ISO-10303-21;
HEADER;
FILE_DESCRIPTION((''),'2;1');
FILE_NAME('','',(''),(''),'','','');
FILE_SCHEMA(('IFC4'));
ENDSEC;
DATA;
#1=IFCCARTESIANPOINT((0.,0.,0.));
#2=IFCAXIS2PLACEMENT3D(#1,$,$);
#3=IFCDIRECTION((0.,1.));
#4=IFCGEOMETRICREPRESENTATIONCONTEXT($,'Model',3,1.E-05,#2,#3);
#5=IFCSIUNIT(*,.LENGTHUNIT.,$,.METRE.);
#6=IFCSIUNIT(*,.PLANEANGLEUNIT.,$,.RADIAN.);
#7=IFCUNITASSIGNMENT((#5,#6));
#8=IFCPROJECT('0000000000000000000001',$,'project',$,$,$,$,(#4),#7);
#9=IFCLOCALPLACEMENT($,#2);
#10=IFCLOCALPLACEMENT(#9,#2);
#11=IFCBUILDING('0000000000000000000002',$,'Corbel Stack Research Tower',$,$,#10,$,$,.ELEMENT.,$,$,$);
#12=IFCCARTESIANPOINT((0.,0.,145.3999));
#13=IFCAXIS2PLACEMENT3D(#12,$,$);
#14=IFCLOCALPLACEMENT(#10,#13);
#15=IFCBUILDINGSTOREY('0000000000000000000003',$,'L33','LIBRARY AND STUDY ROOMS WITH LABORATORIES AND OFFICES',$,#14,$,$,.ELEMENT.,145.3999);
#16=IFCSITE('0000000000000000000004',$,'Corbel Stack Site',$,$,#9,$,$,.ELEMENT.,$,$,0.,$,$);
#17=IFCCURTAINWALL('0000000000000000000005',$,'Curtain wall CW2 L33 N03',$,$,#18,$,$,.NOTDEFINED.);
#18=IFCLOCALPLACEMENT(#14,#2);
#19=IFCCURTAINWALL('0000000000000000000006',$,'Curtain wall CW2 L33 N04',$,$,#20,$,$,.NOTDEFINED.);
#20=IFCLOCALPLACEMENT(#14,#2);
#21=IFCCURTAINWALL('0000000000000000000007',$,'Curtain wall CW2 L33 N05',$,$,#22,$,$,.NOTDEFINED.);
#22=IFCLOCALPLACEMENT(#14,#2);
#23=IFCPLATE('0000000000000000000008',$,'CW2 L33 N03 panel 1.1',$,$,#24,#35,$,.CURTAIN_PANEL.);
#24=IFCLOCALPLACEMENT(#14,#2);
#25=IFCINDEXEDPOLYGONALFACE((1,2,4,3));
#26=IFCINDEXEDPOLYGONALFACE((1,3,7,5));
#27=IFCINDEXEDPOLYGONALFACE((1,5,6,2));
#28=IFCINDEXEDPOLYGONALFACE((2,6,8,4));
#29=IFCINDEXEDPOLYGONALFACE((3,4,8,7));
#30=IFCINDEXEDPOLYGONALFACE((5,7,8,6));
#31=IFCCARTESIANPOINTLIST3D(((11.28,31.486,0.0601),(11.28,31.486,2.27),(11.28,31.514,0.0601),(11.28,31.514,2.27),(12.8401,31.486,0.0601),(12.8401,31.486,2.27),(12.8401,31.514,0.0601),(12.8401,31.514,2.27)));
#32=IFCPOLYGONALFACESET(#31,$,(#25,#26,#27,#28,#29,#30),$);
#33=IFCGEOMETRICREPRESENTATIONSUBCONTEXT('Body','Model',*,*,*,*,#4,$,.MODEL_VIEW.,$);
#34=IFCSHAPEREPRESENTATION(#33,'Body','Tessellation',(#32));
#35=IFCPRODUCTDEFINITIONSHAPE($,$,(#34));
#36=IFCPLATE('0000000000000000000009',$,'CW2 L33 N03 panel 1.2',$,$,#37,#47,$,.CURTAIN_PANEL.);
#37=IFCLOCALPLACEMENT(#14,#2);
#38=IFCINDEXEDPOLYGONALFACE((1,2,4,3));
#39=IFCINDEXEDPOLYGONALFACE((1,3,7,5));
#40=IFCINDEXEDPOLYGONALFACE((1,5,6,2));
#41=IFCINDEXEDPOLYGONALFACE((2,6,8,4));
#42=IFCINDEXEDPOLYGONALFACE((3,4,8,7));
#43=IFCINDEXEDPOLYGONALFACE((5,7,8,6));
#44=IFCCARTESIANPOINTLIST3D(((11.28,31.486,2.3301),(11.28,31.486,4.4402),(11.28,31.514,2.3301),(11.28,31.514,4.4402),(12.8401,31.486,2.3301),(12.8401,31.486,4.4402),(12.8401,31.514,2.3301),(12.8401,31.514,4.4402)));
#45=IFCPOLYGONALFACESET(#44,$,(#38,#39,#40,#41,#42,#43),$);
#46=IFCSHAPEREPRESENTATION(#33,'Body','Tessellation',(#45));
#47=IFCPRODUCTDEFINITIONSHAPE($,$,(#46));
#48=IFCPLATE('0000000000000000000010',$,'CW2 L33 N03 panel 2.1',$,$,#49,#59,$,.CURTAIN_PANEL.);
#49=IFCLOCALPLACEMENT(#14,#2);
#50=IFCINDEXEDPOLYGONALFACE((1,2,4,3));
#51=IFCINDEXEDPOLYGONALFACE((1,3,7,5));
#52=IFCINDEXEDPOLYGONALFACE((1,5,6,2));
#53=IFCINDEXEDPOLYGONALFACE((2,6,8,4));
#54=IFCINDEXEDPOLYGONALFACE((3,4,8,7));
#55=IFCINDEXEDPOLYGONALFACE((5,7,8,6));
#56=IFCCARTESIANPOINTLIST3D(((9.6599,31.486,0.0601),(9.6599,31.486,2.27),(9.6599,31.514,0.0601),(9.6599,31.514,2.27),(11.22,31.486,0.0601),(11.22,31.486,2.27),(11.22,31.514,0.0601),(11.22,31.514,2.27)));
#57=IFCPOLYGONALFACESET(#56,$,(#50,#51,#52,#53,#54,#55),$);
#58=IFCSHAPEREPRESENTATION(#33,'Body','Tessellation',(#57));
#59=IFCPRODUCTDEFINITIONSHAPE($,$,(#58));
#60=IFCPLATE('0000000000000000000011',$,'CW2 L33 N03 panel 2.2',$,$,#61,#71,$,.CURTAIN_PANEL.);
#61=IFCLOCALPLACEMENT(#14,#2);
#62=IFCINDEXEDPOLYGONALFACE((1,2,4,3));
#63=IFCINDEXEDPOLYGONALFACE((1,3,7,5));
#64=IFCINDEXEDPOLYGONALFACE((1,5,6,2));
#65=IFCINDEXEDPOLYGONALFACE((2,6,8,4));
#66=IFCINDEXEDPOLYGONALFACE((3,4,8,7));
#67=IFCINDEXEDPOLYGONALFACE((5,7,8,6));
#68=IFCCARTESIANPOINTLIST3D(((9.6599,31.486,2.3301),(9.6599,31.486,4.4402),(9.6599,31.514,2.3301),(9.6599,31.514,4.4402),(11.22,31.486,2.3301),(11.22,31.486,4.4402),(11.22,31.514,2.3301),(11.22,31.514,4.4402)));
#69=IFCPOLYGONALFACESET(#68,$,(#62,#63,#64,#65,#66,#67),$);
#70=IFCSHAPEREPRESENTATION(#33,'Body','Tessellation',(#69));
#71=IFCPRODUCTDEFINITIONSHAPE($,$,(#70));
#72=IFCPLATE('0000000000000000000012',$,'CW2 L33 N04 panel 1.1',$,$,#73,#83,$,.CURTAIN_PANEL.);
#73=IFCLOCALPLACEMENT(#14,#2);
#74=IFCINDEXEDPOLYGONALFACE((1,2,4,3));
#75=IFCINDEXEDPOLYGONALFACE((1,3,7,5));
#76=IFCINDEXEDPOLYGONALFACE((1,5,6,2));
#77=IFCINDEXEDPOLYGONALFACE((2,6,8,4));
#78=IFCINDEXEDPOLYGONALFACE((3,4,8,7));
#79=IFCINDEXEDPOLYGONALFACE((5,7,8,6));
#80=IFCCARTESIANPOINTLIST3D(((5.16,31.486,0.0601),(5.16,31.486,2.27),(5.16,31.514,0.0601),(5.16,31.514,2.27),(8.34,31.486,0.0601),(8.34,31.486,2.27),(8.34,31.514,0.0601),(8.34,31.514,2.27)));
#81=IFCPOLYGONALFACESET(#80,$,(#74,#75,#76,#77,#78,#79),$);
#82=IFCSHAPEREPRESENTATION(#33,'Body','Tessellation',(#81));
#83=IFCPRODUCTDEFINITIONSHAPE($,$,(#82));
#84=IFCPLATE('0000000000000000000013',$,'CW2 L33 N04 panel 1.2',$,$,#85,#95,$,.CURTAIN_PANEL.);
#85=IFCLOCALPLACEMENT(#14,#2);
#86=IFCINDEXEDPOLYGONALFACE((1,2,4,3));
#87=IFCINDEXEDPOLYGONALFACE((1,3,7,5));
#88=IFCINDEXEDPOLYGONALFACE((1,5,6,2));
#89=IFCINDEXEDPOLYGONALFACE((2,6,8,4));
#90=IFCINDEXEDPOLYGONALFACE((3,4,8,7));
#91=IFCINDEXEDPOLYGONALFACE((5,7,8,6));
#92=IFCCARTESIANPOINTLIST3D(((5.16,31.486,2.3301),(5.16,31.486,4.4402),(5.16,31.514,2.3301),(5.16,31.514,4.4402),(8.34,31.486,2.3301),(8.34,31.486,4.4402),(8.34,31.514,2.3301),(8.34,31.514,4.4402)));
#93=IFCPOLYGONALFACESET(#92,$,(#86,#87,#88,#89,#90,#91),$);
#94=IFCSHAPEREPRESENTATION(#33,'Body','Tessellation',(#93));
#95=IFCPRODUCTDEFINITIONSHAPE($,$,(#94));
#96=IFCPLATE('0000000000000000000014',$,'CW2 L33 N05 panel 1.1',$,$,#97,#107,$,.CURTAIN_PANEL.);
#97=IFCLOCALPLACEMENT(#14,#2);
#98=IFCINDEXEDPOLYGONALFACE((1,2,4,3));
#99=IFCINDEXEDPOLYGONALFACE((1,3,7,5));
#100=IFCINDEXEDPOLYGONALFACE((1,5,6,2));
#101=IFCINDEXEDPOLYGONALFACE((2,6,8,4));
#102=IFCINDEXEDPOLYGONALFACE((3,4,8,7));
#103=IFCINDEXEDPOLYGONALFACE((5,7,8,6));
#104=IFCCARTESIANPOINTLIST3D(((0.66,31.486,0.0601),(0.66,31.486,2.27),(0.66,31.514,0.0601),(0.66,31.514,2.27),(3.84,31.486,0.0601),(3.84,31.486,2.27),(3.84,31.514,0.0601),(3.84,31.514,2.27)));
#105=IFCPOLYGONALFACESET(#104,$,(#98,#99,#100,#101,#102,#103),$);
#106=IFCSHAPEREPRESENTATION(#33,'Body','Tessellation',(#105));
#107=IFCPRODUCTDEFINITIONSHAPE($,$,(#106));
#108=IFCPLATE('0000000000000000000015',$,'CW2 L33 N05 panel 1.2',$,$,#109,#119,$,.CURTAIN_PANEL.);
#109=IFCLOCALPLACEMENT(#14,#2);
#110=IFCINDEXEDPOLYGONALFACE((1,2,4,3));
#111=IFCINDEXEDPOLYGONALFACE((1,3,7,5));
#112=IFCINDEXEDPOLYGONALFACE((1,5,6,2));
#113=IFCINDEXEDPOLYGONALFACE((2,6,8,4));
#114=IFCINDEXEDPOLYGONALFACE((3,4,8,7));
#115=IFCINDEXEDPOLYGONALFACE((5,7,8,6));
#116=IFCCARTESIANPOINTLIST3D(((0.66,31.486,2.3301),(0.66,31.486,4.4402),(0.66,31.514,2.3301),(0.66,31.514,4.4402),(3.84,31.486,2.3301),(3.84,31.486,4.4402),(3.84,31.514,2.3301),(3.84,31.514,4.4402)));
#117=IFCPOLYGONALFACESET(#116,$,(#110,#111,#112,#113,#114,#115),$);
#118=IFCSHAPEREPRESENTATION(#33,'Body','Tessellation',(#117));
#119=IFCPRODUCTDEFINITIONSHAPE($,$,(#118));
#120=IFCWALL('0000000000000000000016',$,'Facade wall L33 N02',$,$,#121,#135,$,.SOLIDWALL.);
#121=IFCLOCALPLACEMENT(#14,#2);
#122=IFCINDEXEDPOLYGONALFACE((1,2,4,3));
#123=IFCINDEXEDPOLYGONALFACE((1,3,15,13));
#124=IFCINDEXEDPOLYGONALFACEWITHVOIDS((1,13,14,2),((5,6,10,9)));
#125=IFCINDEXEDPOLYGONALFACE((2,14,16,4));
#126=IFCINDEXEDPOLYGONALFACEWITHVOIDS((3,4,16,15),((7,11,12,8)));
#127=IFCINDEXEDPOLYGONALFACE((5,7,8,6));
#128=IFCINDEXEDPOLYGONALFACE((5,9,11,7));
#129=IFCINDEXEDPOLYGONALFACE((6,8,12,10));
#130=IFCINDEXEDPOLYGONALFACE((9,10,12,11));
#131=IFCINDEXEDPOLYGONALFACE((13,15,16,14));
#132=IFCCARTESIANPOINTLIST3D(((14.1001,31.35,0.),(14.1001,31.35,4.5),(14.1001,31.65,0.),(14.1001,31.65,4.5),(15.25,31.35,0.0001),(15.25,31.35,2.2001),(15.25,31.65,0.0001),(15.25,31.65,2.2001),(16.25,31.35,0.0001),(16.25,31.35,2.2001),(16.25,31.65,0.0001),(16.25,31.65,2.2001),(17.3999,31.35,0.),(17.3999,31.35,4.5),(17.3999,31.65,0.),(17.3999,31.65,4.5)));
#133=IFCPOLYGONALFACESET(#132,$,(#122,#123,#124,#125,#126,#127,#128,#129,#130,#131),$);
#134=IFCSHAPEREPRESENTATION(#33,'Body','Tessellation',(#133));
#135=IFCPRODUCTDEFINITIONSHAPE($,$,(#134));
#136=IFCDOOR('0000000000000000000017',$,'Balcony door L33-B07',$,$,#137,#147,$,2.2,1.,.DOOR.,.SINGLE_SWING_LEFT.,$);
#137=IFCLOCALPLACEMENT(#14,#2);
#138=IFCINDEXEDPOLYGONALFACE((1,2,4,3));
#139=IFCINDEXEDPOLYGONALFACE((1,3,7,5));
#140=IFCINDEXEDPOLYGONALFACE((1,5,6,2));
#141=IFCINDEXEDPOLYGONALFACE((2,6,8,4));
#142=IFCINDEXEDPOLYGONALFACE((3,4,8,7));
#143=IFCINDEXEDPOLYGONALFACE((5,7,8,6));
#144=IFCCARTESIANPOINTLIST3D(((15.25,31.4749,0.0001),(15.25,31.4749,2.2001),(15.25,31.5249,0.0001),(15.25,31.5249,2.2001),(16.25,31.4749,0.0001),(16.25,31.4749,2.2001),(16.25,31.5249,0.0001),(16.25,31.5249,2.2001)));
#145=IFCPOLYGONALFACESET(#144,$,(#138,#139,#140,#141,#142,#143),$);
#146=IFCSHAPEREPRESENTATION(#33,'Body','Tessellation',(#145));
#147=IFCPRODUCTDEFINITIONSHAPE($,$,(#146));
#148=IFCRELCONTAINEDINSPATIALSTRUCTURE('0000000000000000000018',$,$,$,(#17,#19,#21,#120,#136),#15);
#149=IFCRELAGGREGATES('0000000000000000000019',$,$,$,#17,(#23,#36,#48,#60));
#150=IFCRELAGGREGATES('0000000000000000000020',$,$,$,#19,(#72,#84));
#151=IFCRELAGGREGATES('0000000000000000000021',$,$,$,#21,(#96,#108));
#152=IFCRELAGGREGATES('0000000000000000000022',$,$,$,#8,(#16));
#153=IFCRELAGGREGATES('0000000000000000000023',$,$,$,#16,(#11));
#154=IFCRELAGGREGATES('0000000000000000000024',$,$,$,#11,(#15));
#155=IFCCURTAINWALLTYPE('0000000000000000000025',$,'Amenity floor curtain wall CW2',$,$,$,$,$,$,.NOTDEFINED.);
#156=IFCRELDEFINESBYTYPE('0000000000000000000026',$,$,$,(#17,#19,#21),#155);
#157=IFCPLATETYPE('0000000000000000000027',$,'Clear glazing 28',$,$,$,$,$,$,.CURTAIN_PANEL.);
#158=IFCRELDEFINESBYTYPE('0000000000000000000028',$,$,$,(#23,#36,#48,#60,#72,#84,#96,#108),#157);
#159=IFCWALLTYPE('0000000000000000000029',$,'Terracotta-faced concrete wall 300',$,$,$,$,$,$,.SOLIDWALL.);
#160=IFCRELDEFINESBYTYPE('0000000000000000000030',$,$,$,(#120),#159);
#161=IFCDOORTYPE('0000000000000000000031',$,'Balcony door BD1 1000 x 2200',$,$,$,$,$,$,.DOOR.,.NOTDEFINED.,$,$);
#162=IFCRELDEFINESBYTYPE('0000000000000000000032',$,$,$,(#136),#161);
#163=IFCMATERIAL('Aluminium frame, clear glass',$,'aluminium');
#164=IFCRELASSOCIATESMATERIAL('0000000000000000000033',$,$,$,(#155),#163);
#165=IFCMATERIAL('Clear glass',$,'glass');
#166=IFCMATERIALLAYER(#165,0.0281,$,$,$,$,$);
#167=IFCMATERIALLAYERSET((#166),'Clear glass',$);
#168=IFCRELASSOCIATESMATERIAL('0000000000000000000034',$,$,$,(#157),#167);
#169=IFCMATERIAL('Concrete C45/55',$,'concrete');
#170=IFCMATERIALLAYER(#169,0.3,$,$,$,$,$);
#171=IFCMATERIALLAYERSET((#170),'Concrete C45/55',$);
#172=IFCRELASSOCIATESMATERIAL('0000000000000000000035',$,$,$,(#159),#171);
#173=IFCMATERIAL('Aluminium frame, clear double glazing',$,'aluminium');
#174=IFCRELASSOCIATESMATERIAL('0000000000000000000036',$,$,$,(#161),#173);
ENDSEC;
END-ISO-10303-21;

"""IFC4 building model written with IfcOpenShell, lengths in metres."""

from ifc_helpers import new_model, si_unit, direction, frame, frame_2d, origin, origin_2d, place, context, subcontext, project, spatial, rectangle, extrude, material, layer, layer_set, type_object, element, fill, aggregate, save


model = new_model("IFC4")

# Units and contexts
model_context = context("Model", 3, precision=1e-05, world=origin(), true_north=direction((0.0, 1.0)))
body_context = subcontext(model_context, "Body", "Model", "MODEL_VIEW")
ifc_project = project(units=[si_unit("LENGTHUNIT", "METRE"), si_unit("PLANEANGLEUNIT", "RADIAN")], contexts=[model_context])

# Site, building, storey
site_placement = place(None, origin())
site = spatial("IfcSite", under=ifc_project, at=site_placement, Name="Corbel Stack Site", CompositionType="ELEMENT", RefElevation=0.0)
building_placement = place(site_placement, origin())
building = spatial("IfcBuilding", under=site, at=building_placement, Name="Corbel Stack Research Tower", CompositionType="ELEMENT")
storey_placement = place(building_placement, frame((0.0, 0.0, 145.3999)))
storey = spatial("IfcBuildingStorey", under=building, at=storey_placement, Name="L33", Description="LIBRARY AND STUDY ROOMS WITH LABORATORIES AND OFFICES", CompositionType="ELEMENT", Elevation=145.3999)

# Curtain walls
ifc_material_1 = material(Name="Aluminium frame, clear glass", Category="aluminium")
curtain_wall_type = type_object("IfcCurtainWallType", Name="Amenity floor curtain wall CW2", PredefinedType="NOTDEFINED", material=ifc_material_1)
curtain_wall_1_placement = place(storey_placement, origin())
curtain_wall_1 = element("IfcCurtainWall", 1, at=curtain_wall_1_placement, inside=storey, type_object=curtain_wall_type, Name="Curtain wall CW2 L33 N03", PredefinedType="NOTDEFINED")
curtain_wall_2_placement = place(storey_placement, origin())
curtain_wall_2 = element("IfcCurtainWall", 2, at=curtain_wall_2_placement, inside=storey, type_object=curtain_wall_type, Name="Curtain wall CW2 L33 N04", PredefinedType="NOTDEFINED")
curtain_wall_3_placement = place(storey_placement, origin())
curtain_wall_3 = element("IfcCurtainWall", 3, at=curtain_wall_3_placement, inside=storey, type_object=curtain_wall_type, Name="Curtain wall CW2 L33 N05", PredefinedType="NOTDEFINED")

# Plates
ifc_material_2 = material(Name="Clear glass", Category="glass")
ifc_layer_1 = layer(ifc_material_2, 0.0281)
ifc_layer_set_1 = layer_set([ifc_layer_1], Name="Clear glass")
plate_type = type_object("IfcPlateType", Name="Clear glazing 28", PredefinedType="CURTAIN_PANEL", material=ifc_layer_set_1)
plate_1_placement = place(storey_placement, frame((12.0601, 31.5, 0.0601), z_axis=(0.0, 0.0, 1.0), x_axis=(-1.0, 0.0, 0.0)))
plate_1 = element("IfcPlate", 4, at=plate_1_placement, type_object=plate_type, Name="CW2 L33 N03 panel 1.1", PredefinedType="CURTAIN_PANEL", context=body_context, shape_type="SweptSolid", body=[
    extrude(rectangle(XDim=1.5601, YDim=0.0281, at=origin_2d()), origin(), (0.0, 0.0, 1.0), 2.21),
])
plate_2_placement = place(storey_placement, frame((12.0601, 31.5, 2.3301), z_axis=(0.0, 0.0, 1.0), x_axis=(-1.0, 0.0, 0.0)))
plate_2 = element("IfcPlate", 5, at=plate_2_placement, type_object=plate_type, Name="CW2 L33 N03 panel 1.2", PredefinedType="CURTAIN_PANEL", context=body_context, shape_type="SweptSolid", body=[
    extrude(rectangle(XDim=1.5601, YDim=0.0281, at=origin_2d()), origin(), (0.0, 0.0, 1.0), 2.1101),
])
plate_3_placement = place(storey_placement, frame((10.4399, 31.5, 0.0601), z_axis=(0.0, 0.0, 1.0), x_axis=(-1.0, 0.0, 0.0)))
plate_3 = element("IfcPlate", 6, at=plate_3_placement, type_object=plate_type, Name="CW2 L33 N03 panel 2.1", PredefinedType="CURTAIN_PANEL", context=body_context, shape_type="SweptSolid", body=[
    extrude(rectangle(XDim=1.5601, YDim=0.0281, at=origin_2d()), origin(), (0.0, 0.0, 1.0), 2.21),
])
plate_4_placement = place(storey_placement, frame((10.4399, 31.5, 2.3301), z_axis=(0.0, 0.0, 1.0), x_axis=(-1.0, 0.0, 0.0)))
plate_4 = element("IfcPlate", 7, at=plate_4_placement, type_object=plate_type, Name="CW2 L33 N03 panel 2.2", PredefinedType="CURTAIN_PANEL", context=body_context, shape_type="SweptSolid", body=[
    extrude(rectangle(XDim=1.5601, YDim=0.0281, at=origin_2d()), origin(), (0.0, 0.0, 1.0), 2.1101),
])
aggregate(curtain_wall_1, [plate_1, plate_2, plate_3, plate_4])
plate_5_placement = place(storey_placement, frame((6.75, 31.5, 0.0601), z_axis=(0.0, 0.0, 1.0), x_axis=(-1.0, 0.0, 0.0)))
plate_5 = element("IfcPlate", 8, at=plate_5_placement, type_object=plate_type, Name="CW2 L33 N04 panel 1.1", PredefinedType="CURTAIN_PANEL", context=body_context, shape_type="SweptSolid", body=[
    extrude(rectangle(XDim=3.1799, YDim=0.0281, at=origin_2d()), origin(), (0.0, 0.0, 1.0), 2.21),
])
plate_6_placement = place(storey_placement, frame((6.75, 31.5, 2.3301), z_axis=(0.0, 0.0, 1.0), x_axis=(-1.0, 0.0, 0.0)))
plate_6 = element("IfcPlate", 9, at=plate_6_placement, type_object=plate_type, Name="CW2 L33 N04 panel 1.2", PredefinedType="CURTAIN_PANEL", context=body_context, shape_type="SweptSolid", body=[
    extrude(rectangle(XDim=3.1799, YDim=0.0281, at=origin_2d()), origin(), (0.0, 0.0, 1.0), 2.1101),
])
aggregate(curtain_wall_2, [plate_5, plate_6])
plate_7_placement = place(storey_placement, frame((2.25, 31.5, 0.0601), z_axis=(0.0, 0.0, 1.0), x_axis=(-1.0, 0.0, 0.0)))
plate_7 = element("IfcPlate", 10, at=plate_7_placement, type_object=plate_type, Name="CW2 L33 N05 panel 1.1", PredefinedType="CURTAIN_PANEL", context=body_context, shape_type="SweptSolid", body=[
    extrude(rectangle(XDim=3.1799, YDim=0.0281, at=origin_2d()), origin(), (0.0, 0.0, 1.0), 2.21),
])
plate_8_placement = place(storey_placement, frame((2.25, 31.5, 2.3301), z_axis=(0.0, 0.0, 1.0), x_axis=(-1.0, 0.0, 0.0)))
plate_8 = element("IfcPlate", 11, at=plate_8_placement, type_object=plate_type, Name="CW2 L33 N05 panel 1.2", PredefinedType="CURTAIN_PANEL", context=body_context, shape_type="SweptSolid", body=[
    extrude(rectangle(XDim=3.1799, YDim=0.0281, at=origin_2d()), origin(), (0.0, 0.0, 1.0), 2.1101),
])
aggregate(curtain_wall_3, [plate_7, plate_8])

# Wall, opening, door
ifc_material_3 = material(Name="Concrete C45/55", Category="concrete")
ifc_layer_2 = layer(ifc_material_3, 0.3)
ifc_layer_set_2 = layer_set([ifc_layer_2], Name="Concrete C45/55")
wall_type = type_object("IfcWallType", Name="Terracotta-faced concrete wall 300", PredefinedType="SOLIDWALL", material=ifc_layer_set_2)
wall_placement = place(storey_placement, frame((14.1001, 31.5, 0.0), z_axis=(0.0, 0.0, 1.0), x_axis=(1.0, 0.0, 0.0)))
wall = element("IfcWall", 12, at=wall_placement, inside=storey, type_object=wall_type, Name="Facade wall L33 N02", PredefinedType="SOLIDWALL", context=body_context, shape_type="SweptSolid", body=[
    extrude(rectangle(XDim=3.2998, YDim=0.3, at=frame_2d((1.6499, 0.0))), origin(), (0.0, 0.0, 1.0), 4.5),
])
opening_placement = place(wall_placement, frame((1.1499, 0.0, 0.0)))
opening = element("IfcOpeningElement", 13, at=opening_placement, cuts=wall, PredefinedType="OPENING", context=body_context, shape_type="SweptSolid", body=[
    extrude(rectangle(XDim=1.0, YDim=2.2, at=frame_2d((0.5, 1.1001))), frame((0.0, 0.1599, 0.0), z_axis=(0.0, -1.0, 0.0), x_axis=(1.0, 0.0, 0.0)), (0.0, 0.0, 1.0), 0.3201),
])
ifc_material_4 = material(Name="Aluminium frame, clear double glazing", Category="aluminium")
door_type = type_object("IfcDoorType", Name="Balcony door BD1 1000 x 2200", OperationType="NOTDEFINED", PredefinedType="DOOR", material=ifc_material_4)
door_placement = place(opening_placement, origin())
door = element("IfcDoor", 14, at=door_placement, inside=storey, type_object=door_type, Name="Balcony door L33-B07", OperationType="SINGLE_SWING_LEFT", OverallHeight=2.2, OverallWidth=1.0, PredefinedType="DOOR", context=body_context, shape_type="SweptSolid", body=[
    extrude(rectangle(XDim=1.0, YDim=2.2, at=frame_2d((0.5, 1.1001))), frame((0.0, 0.0249, 0.0), z_axis=(0.0, -1.0, 0.0), x_axis=(1.0, 0.0, 0.0)), (0.0, 0.0, 1.0), 0.05),
])
fill(opening, door)

save(model, "model.ifc")
